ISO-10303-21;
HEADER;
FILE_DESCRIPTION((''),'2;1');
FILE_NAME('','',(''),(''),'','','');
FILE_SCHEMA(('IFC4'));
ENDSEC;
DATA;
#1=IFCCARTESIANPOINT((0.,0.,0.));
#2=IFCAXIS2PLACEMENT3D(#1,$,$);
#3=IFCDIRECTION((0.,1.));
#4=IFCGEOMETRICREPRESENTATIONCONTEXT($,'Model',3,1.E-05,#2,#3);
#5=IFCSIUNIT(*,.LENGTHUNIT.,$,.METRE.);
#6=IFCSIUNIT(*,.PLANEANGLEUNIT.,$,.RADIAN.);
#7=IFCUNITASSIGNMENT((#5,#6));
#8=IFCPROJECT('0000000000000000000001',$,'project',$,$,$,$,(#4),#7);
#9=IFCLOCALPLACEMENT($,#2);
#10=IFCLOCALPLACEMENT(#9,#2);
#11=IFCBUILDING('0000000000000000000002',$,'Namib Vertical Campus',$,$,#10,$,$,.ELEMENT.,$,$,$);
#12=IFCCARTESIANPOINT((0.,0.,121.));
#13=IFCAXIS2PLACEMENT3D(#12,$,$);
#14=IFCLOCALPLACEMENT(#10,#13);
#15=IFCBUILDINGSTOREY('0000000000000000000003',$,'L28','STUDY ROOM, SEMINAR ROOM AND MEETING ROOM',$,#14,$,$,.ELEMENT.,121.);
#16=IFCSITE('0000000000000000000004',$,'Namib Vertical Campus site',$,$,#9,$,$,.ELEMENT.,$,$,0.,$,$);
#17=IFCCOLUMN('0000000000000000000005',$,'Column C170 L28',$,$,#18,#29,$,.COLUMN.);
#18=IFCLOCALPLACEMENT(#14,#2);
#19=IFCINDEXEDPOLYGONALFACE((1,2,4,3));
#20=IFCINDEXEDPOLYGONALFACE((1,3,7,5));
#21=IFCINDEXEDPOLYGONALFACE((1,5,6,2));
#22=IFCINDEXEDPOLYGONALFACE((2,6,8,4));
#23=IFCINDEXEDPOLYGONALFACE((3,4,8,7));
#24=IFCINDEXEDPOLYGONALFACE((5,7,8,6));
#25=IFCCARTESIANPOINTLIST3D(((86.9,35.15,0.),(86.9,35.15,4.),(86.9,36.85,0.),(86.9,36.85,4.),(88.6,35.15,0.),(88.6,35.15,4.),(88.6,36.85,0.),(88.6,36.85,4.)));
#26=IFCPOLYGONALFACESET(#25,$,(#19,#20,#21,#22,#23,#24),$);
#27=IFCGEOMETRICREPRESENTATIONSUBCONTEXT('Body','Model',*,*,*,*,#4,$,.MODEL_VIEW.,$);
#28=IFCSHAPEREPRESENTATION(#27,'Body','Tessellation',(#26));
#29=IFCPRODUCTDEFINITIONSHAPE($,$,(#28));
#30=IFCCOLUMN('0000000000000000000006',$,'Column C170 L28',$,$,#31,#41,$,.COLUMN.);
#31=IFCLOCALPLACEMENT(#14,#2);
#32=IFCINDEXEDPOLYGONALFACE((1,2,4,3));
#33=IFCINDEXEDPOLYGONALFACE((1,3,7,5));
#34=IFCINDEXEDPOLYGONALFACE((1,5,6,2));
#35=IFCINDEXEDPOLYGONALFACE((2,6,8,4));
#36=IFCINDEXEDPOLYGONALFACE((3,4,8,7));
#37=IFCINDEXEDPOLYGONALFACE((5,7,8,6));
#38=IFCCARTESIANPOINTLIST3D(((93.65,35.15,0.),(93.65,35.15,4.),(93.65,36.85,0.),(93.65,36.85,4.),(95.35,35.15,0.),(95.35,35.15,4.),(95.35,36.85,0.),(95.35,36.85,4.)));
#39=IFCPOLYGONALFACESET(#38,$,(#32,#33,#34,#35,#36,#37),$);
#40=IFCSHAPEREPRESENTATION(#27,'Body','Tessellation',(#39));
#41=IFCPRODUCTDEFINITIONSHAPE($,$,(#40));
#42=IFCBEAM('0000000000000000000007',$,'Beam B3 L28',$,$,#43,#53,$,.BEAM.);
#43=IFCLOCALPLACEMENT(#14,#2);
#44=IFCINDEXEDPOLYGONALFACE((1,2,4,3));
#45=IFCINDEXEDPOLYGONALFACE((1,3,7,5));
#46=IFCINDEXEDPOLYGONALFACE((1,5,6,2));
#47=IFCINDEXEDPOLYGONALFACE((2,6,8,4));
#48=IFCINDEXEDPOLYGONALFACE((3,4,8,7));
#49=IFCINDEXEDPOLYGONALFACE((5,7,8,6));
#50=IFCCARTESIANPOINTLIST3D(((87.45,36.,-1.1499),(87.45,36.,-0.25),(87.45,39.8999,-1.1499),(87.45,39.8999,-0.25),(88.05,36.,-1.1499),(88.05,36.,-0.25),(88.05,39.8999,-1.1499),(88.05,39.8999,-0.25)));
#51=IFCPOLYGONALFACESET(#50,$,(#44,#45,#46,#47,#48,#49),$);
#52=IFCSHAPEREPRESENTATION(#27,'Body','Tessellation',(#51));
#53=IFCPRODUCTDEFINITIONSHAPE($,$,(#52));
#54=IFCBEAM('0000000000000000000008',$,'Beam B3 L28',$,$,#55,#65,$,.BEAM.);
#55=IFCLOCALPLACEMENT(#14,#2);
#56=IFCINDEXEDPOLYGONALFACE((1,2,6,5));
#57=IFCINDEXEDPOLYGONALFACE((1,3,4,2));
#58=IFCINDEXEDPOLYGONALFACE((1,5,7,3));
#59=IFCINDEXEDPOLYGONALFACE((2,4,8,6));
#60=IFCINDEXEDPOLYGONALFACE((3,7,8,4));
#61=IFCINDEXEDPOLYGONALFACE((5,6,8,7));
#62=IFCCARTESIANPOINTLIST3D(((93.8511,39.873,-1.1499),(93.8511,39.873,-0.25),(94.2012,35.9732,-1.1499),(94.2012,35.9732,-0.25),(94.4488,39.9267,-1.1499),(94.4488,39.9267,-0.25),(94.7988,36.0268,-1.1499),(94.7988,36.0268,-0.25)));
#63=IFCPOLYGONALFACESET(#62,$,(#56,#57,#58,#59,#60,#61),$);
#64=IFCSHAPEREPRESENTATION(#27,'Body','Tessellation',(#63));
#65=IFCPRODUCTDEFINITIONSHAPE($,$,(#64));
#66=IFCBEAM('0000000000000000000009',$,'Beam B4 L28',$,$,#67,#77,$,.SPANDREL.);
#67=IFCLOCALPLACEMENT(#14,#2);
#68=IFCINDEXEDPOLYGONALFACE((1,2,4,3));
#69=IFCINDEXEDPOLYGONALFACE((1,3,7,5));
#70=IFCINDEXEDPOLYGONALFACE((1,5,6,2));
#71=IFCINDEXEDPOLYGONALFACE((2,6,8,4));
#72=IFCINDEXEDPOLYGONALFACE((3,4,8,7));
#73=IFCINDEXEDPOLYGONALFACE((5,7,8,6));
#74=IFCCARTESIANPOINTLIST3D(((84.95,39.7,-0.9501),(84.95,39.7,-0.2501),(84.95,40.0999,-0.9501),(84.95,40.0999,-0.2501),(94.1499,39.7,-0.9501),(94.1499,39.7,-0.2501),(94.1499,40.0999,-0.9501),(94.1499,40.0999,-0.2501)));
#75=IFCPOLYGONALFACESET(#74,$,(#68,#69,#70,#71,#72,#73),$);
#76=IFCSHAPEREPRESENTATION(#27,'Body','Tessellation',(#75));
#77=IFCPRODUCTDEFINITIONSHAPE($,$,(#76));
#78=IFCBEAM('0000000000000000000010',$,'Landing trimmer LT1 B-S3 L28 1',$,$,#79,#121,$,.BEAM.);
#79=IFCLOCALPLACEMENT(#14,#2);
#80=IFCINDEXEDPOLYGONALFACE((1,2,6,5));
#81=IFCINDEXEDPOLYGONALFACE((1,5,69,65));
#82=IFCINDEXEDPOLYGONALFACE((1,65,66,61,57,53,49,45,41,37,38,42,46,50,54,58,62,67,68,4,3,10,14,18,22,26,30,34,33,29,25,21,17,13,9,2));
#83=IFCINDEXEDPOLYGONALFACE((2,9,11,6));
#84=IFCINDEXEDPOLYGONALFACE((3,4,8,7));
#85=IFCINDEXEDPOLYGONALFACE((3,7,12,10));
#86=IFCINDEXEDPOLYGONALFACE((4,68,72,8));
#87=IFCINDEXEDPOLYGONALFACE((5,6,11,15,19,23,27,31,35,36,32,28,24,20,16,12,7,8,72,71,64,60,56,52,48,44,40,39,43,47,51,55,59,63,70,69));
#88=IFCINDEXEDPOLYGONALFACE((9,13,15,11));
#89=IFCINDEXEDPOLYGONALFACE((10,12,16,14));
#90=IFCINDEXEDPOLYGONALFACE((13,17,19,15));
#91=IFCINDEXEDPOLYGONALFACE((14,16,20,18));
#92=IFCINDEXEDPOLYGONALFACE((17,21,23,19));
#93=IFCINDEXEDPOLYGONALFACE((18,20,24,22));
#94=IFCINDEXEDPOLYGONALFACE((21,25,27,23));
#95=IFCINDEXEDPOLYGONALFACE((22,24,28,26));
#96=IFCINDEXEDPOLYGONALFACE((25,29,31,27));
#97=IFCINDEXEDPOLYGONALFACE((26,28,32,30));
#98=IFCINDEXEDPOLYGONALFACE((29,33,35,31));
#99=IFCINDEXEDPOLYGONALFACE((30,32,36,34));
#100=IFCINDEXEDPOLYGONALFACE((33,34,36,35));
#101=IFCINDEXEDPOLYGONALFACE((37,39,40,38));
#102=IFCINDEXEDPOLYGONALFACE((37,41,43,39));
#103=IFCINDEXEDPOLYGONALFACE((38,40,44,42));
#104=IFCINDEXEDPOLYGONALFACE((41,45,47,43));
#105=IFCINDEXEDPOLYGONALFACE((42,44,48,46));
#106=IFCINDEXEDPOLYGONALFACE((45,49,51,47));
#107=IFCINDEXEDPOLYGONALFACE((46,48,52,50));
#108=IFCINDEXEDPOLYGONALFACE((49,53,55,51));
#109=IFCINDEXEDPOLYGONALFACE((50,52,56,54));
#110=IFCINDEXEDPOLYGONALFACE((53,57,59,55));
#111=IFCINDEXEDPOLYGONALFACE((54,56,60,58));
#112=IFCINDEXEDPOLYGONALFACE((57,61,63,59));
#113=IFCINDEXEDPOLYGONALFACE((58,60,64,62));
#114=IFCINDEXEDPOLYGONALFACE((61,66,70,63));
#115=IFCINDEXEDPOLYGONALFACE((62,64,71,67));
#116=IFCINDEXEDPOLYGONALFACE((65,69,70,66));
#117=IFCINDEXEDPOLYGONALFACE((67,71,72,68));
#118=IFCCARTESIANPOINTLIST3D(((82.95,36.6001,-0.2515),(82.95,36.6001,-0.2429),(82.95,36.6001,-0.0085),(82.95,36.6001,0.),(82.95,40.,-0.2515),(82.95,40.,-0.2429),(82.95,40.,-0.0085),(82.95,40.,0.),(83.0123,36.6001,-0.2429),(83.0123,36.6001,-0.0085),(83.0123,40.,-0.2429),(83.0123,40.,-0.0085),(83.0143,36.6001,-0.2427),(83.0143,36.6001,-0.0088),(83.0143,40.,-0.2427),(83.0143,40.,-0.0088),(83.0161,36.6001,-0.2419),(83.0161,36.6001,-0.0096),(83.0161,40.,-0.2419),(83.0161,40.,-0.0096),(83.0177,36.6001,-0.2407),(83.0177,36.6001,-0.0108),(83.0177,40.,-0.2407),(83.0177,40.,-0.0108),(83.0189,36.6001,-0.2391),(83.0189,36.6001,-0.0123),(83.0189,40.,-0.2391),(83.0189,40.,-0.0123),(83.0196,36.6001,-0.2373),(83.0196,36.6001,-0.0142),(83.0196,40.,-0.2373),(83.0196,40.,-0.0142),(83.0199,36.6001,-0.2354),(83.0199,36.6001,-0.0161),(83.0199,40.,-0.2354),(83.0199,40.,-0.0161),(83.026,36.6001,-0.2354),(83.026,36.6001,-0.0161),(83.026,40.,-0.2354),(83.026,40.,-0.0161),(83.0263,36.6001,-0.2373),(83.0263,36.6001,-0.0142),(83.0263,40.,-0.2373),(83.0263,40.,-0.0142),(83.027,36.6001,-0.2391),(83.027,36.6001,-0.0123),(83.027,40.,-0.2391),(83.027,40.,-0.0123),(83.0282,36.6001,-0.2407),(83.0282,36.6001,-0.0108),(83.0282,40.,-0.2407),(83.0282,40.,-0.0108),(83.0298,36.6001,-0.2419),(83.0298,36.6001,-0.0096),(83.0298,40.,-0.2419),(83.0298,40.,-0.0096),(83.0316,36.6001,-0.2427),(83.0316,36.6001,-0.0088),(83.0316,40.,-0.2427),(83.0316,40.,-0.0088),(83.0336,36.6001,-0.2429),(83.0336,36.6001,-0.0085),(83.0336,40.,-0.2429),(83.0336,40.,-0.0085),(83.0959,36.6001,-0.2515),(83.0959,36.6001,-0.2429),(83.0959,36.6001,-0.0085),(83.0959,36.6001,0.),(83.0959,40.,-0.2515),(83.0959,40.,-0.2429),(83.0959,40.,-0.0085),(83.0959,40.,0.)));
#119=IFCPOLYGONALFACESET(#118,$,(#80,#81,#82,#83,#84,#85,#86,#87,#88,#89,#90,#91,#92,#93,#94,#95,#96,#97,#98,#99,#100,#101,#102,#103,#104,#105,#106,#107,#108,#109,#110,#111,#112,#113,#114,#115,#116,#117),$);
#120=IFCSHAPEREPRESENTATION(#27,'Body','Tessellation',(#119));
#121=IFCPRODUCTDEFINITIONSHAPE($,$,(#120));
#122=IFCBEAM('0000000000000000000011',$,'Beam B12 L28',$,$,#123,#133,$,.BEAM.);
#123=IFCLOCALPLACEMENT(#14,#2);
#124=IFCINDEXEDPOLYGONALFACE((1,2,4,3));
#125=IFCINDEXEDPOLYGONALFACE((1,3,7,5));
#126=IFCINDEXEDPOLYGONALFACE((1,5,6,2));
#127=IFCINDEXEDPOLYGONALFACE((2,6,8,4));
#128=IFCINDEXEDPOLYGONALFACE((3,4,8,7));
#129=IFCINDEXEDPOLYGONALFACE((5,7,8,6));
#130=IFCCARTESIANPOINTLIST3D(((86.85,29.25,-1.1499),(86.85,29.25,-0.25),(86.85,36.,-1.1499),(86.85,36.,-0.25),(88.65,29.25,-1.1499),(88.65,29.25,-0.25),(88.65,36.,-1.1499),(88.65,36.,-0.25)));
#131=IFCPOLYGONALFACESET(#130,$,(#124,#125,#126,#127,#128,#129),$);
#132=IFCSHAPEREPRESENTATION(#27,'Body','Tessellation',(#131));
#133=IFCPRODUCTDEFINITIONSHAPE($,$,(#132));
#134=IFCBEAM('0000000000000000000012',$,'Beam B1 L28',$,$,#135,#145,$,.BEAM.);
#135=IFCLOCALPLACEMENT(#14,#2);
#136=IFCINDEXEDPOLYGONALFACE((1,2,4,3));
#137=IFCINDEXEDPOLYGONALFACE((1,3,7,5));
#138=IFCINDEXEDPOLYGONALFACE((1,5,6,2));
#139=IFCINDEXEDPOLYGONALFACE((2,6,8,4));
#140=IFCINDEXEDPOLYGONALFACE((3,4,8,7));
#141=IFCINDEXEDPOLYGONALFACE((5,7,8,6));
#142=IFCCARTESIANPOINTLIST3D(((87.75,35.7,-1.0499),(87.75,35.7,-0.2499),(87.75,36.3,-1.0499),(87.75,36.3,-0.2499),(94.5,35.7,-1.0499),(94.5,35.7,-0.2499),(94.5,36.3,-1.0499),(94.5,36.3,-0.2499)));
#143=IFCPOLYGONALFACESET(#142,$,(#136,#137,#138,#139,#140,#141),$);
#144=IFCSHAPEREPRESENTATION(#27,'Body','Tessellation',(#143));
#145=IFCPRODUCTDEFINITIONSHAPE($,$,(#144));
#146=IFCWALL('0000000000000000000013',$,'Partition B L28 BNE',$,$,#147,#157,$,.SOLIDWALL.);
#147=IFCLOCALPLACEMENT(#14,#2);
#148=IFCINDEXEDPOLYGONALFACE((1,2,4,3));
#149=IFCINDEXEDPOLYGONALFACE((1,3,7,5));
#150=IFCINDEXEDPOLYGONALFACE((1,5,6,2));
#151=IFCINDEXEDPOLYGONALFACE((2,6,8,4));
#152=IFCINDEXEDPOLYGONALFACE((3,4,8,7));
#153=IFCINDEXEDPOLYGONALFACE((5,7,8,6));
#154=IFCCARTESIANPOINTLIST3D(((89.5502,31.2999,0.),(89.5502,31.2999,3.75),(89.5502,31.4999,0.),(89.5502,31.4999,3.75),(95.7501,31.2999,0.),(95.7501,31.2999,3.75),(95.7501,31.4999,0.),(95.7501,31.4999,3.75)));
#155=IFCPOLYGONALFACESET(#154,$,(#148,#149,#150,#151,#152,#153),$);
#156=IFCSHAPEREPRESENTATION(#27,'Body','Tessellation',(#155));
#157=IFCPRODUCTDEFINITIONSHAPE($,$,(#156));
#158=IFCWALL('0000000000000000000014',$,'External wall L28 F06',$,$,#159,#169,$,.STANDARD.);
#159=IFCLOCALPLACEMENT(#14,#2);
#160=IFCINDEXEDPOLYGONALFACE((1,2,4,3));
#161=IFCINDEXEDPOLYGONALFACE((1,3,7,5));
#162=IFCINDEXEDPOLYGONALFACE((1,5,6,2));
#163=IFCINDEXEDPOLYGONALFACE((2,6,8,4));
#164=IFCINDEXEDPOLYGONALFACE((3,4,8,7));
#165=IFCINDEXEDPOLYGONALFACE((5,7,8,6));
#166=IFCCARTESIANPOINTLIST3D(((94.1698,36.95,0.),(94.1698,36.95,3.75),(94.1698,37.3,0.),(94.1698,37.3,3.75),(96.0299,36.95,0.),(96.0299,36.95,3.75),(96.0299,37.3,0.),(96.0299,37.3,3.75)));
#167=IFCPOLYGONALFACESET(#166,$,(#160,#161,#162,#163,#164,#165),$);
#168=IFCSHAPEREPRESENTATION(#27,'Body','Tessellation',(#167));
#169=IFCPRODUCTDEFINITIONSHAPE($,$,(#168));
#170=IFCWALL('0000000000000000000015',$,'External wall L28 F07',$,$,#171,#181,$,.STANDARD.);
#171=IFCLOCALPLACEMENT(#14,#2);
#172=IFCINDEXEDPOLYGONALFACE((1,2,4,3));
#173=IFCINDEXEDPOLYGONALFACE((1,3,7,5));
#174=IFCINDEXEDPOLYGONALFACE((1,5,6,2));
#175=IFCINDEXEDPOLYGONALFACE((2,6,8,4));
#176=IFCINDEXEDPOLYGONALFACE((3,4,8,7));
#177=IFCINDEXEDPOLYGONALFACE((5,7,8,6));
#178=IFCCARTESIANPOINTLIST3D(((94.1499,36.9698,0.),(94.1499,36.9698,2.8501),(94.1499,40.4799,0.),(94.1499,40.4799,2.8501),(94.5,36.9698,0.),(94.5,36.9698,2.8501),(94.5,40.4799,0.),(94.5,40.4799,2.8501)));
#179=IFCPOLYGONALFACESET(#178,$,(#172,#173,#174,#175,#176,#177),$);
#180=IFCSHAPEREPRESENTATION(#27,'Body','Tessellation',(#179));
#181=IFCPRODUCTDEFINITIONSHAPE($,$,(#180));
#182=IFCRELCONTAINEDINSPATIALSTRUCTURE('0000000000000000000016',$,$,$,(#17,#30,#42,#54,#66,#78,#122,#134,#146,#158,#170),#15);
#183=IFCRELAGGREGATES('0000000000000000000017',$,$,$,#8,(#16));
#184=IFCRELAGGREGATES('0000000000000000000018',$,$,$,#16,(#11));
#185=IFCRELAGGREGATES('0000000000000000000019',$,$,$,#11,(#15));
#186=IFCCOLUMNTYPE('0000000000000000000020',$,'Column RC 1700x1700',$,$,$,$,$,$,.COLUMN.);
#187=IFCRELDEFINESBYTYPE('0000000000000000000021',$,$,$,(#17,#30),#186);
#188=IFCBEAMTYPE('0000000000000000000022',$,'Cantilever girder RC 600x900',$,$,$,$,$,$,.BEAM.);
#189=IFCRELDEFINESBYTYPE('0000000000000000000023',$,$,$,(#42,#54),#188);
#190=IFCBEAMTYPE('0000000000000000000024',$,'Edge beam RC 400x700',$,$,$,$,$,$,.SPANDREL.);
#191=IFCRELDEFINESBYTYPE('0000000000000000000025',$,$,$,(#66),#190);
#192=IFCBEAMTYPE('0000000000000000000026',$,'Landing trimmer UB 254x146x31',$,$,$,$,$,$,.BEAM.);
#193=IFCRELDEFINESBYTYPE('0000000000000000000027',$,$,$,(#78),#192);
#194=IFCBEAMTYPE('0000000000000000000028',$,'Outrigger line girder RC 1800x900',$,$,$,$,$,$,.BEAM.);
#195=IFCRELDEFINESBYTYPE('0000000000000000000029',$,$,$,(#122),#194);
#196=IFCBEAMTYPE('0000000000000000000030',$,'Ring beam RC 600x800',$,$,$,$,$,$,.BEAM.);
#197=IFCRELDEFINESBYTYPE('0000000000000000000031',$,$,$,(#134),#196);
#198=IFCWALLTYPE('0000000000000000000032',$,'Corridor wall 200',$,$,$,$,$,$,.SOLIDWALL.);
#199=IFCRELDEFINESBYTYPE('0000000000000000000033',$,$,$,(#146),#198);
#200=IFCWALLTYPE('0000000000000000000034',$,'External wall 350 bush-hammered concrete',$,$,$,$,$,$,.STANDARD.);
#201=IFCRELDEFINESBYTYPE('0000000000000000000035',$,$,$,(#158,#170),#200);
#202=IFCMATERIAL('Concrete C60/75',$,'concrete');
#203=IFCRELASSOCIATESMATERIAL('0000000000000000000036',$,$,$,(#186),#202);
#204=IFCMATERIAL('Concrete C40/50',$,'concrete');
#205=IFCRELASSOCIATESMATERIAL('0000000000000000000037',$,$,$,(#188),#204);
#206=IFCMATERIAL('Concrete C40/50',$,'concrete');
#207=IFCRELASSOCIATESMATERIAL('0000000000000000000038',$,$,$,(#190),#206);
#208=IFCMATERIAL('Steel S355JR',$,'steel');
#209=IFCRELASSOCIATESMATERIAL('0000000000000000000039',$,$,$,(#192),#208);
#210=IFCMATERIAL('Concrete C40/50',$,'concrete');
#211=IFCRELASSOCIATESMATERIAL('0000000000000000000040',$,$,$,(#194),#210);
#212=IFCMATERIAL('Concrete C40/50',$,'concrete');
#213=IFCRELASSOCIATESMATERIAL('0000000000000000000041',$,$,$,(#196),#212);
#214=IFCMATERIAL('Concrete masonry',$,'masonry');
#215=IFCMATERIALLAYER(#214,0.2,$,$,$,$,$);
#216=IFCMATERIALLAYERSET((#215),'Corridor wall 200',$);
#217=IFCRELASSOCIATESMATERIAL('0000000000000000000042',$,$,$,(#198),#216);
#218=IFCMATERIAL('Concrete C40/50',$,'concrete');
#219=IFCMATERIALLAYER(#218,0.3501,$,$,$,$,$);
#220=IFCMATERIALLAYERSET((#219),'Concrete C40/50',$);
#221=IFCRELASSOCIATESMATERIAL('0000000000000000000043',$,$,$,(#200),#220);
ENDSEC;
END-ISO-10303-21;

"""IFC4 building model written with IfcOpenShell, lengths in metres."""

from ifc_helpers import new_model, si_unit, direction, frame, frame_2d, origin, origin_2d, place, context, subcontext, project, spatial, rectangle, i_section, extrude, material, layer, layer_set, material_profile, profile_set, type_object, element, save


model = new_model("IFC4")

# Units and contexts
model_context = context("Model", 3, precision=1e-05, world=origin(), true_north=direction((0.0, 1.0)))
body_context = subcontext(model_context, "Body", "Model", "MODEL_VIEW")
ifc_project = project(units=[si_unit("LENGTHUNIT", "METRE"), si_unit("PLANEANGLEUNIT", "RADIAN")], contexts=[model_context])

# Site, building, storey
site_placement = place(None, origin())
site = spatial("IfcSite", under=ifc_project, at=site_placement, Name="Namib Vertical Campus site", CompositionType="ELEMENT", RefElevation=0.0)
building_placement = place(site_placement, origin())
building = spatial("IfcBuilding", under=site, at=building_placement, Name="Namib Vertical Campus", CompositionType="ELEMENT")
storey_placement = place(building_placement, frame((0.0, 0.0, 121.0)))
storey = spatial("IfcBuildingStorey", under=building, at=storey_placement, Name="L28", Description="STUDY ROOM, SEMINAR ROOM AND MEETING ROOM", CompositionType="ELEMENT", Elevation=121.0)

# Columns
ifc_material_1 = material(Name="Concrete C60/75", Category="concrete")
ifc_material_profile_1 = material_profile(ifc_material_1, rectangle(XDim=1.7, YDim=1.7, at=origin_2d()))
ifc_profile_set_1 = profile_set([ifc_material_profile_1], Name="Concrete C60/75")
column_type = type_object("IfcColumnType", Name="Column RC 1700x1700", PredefinedType="COLUMN", material=ifc_profile_set_1)
for number, where, z_axis, x_axis, name in (
    (1, (87.75, 36.0, 0.0), (0.0, 0.0, 1.0), (1.0, 0.0, 0.0), "Column C170 L28"),
    (2, (94.5, 36.0, 0.0), (0.0, 0.0, 1.0), (1.0, 0.0, 0.0), "Column C170 L28"),
):
    element("IfcColumn", number, at=place(storey_placement, frame(where, z_axis=z_axis, x_axis=x_axis)), inside=storey, type_object=column_type, Name=name, PredefinedType="COLUMN", context=body_context, shape_type="SweptSolid", body=[
        extrude(rectangle(XDim=1.7, YDim=1.7, at=origin_2d()), origin(), (0.0, 0.0, 1.0), 4.0),
    ])

# Beams
ifc_material_2 = material(Name="Concrete C40/50", Category="concrete")
ifc_material_profile_2 = material_profile(ifc_material_2, rectangle(XDim=0.6001, YDim=0.8999, at=origin_2d()))
ifc_profile_set_2 = profile_set([ifc_material_profile_2], Name="Concrete C40/50")
beam_type_1 = type_object("IfcBeamType", Name="Cantilever girder RC 600x900", PredefinedType="BEAM", material=ifc_profile_set_2)
beam_1_placement = place(storey_placement, frame((87.75, 36.0, -0.7), z_axis=(0.0, 1.0, 0.0), x_axis=(-1.0, 0.0, 0.0)))
element("IfcBeam", 3, at=beam_1_placement, inside=storey, type_object=beam_type_1, Name="Beam B3 L28", PredefinedType="BEAM", context=body_context, shape_type="SweptSolid", body=[
    extrude(rectangle(XDim=0.6001, YDim=0.8999, at=origin_2d()), origin(), (0.0, 0.0, 1.0), 3.8999),
])
beam_2_placement = place(storey_placement, frame((94.5, 36.0, -0.7), z_axis=(-0.089411, 0.995995, 0.0), x_axis=(-0.995995, -0.089411, 0.0)))
element("IfcBeam", 4, at=beam_2_placement, inside=storey, type_object=beam_type_1, Name="Beam B3 L28", PredefinedType="BEAM", context=body_context, shape_type="SweptSolid", body=[
    extrude(rectangle(XDim=0.6001, YDim=0.8999, at=origin_2d()), origin(), (0.0, 0.0, 1.0), 3.9155),
])
ifc_material_3 = material(Name="Concrete C40/50", Category="concrete")
ifc_material_profile_3 = material_profile(ifc_material_3, rectangle(XDim=0.3999, YDim=0.7, at=origin_2d()))
ifc_profile_set_3 = profile_set([ifc_material_profile_3], Name="Concrete C40/50")
beam_type_2 = type_object("IfcBeamType", Name="Edge beam RC 400x700", PredefinedType="SPANDREL", material=ifc_profile_set_3)
beam_3_placement = place(storey_placement, frame((84.95, 39.8999, -0.6001), z_axis=(1.0, 0.0, 0.0), x_axis=(0.0, 1.0, 0.0)))
element("IfcBeam", 5, at=beam_3_placement, inside=storey, type_object=beam_type_2, Name="Beam B4 L28", PredefinedType="SPANDREL", context=body_context, shape_type="SweptSolid", body=[
    extrude(rectangle(XDim=0.3999, YDim=0.7, at=origin_2d()), origin(), (0.0, 0.0, 1.0), 9.2),
])
ifc_material_4 = material(Name="Steel S355JR", Category="steel")
ifc_material_profile_4 = material_profile(ifc_material_4, i_section(OverallWidth=0.146, OverallDepth=0.2515, WebThickness=0.0061, FlangeThickness=0.0085, FilletRadius=0.0076, at=origin_2d()))
ifc_profile_set_4 = profile_set([ifc_material_profile_4], Name="Steel S355JR")
beam_type_3 = type_object("IfcBeamType", Name="Landing trimmer UB 254x146x31", PredefinedType="BEAM", material=ifc_profile_set_4)
beam_4_placement = place(storey_placement, frame((83.0229, 36.6001, -0.1257), z_axis=(0.0, 1.0, 0.0), x_axis=(-1.0, 0.0, 0.0)))
element("IfcBeam", 6, at=beam_4_placement, inside=storey, type_object=beam_type_3, Name="Landing trimmer LT1 B-S3 L28 1", PredefinedType="BEAM", context=body_context, shape_type="SweptSolid", body=[
    extrude(i_section(OverallWidth=0.146, OverallDepth=0.2515, WebThickness=0.0061, FlangeThickness=0.0085, FilletRadius=0.0076, at=origin_2d()), origin(), (0.0, 0.0, 1.0), 3.3999),
])
ifc_material_5 = material(Name="Concrete C40/50", Category="concrete")
ifc_material_profile_5 = material_profile(ifc_material_5, rectangle(XDim=1.8, YDim=0.8999, at=origin_2d()))
ifc_profile_set_5 = profile_set([ifc_material_profile_5], Name="Concrete C40/50")
beam_type_4 = type_object("IfcBeamType", Name="Outrigger line girder RC 1800x900", PredefinedType="BEAM", material=ifc_profile_set_5)
beam_5_placement = place(storey_placement, frame((87.75, 36.0, -0.7), z_axis=(0.0, -1.0, 0.0), x_axis=(1.0, 0.0, 0.0)))
element("IfcBeam", 7, at=beam_5_placement, inside=storey, type_object=beam_type_4, Name="Beam B12 L28", PredefinedType="BEAM", context=body_context, shape_type="SweptSolid", body=[
    extrude(rectangle(XDim=1.8, YDim=0.8999, at=origin_2d()), origin(), (0.0, 0.0, 1.0), 6.75),
])
ifc_material_6 = material(Name="Concrete C40/50", Category="concrete")
ifc_material_profile_6 = material_profile(ifc_material_6, rectangle(XDim=0.6001, YDim=0.8, at=origin_2d()))
ifc_profile_set_6 = profile_set([ifc_material_profile_6], Name="Concrete C40/50")
beam_type_5 = type_object("IfcBeamType", Name="Ring beam RC 600x800", PredefinedType="BEAM", material=ifc_profile_set_6)
beam_6_placement = place(storey_placement, frame((87.75, 36.0, -0.6499), z_axis=(1.0, 0.0, 0.0), x_axis=(0.0, 1.0, 0.0)))
element("IfcBeam", 8, at=beam_6_placement, inside=storey, type_object=beam_type_5, Name="Beam B1 L28", PredefinedType="BEAM", context=body_context, shape_type="SweptSolid", body=[
    extrude(rectangle(XDim=0.6001, YDim=0.8, at=origin_2d()), origin(), (0.0, 0.0, 1.0), 6.75),
])

# Walls
ifc_material_7 = material(Name="Concrete masonry", Category="masonry")
ifc_layer_1 = layer(ifc_material_7, 0.2)
ifc_layer_set_1 = layer_set([ifc_layer_1], Name="Corridor wall 200")
wall_type_1 = type_object("IfcWallType", Name="Corridor wall 200", PredefinedType="SOLIDWALL", material=ifc_layer_set_1)
wall_1_placement = place(storey_placement, frame((89.55, 31.3999, 0.0), z_axis=(0.0, 0.0, 1.0), x_axis=(1.0, 0.0, 0.0)))
element("IfcWall", 9, at=wall_1_placement, inside=storey, type_object=wall_type_1, Name="Partition B L28 BNE", PredefinedType="SOLIDWALL", context=body_context, shape_type="SweptSolid", body=[
    extrude(rectangle(XDim=6.2, YDim=0.2, at=frame_2d((3.1001, 0.0))), origin(), (0.0, 0.0, 1.0), 3.75),
])
ifc_material_8 = material(Name="Concrete C40/50", Category="concrete")
ifc_layer_2 = layer(ifc_material_8, 0.3501)
ifc_layer_set_2 = layer_set([ifc_layer_2], Name="Concrete C40/50")
wall_type_2 = type_object("IfcWallType", Name="External wall 350 bush-hammered concrete", PredefinedType="STANDARD", material=ifc_layer_set_2)
wall_2_placement = place(storey_placement, frame((96.03, 37.125, 0.0), z_axis=(0.0, 0.0, 1.0), x_axis=(-1.0, 0.0, 0.0)))
element("IfcWall", 10, at=wall_2_placement, inside=storey, type_object=wall_type_2, Name="External wall L28 F06", PredefinedType="STANDARD", context=body_context, shape_type="SweptSolid", body=[
    extrude(rectangle(XDim=1.8601, YDim=0.3501, at=frame_2d((0.9302, 0.0))), origin(), (0.0, 0.0, 1.0), 3.75),
])
wall_3_placement = place(storey_placement, frame((94.325, 36.97, 0.0), z_axis=(0.0, 0.0, 1.0), x_axis=(0.0, 1.0, 0.0)))
element("IfcWall", 11, at=wall_3_placement, inside=storey, type_object=wall_type_2, Name="External wall L28 F07", PredefinedType="STANDARD", context=body_context, shape_type="SweptSolid", body=[
    extrude(rectangle(XDim=3.51, YDim=0.3501, at=frame_2d((1.7549, 0.0))), origin(), (0.0, 0.0, 1.0), 2.8501),
])

save(model, "model.ifc")
